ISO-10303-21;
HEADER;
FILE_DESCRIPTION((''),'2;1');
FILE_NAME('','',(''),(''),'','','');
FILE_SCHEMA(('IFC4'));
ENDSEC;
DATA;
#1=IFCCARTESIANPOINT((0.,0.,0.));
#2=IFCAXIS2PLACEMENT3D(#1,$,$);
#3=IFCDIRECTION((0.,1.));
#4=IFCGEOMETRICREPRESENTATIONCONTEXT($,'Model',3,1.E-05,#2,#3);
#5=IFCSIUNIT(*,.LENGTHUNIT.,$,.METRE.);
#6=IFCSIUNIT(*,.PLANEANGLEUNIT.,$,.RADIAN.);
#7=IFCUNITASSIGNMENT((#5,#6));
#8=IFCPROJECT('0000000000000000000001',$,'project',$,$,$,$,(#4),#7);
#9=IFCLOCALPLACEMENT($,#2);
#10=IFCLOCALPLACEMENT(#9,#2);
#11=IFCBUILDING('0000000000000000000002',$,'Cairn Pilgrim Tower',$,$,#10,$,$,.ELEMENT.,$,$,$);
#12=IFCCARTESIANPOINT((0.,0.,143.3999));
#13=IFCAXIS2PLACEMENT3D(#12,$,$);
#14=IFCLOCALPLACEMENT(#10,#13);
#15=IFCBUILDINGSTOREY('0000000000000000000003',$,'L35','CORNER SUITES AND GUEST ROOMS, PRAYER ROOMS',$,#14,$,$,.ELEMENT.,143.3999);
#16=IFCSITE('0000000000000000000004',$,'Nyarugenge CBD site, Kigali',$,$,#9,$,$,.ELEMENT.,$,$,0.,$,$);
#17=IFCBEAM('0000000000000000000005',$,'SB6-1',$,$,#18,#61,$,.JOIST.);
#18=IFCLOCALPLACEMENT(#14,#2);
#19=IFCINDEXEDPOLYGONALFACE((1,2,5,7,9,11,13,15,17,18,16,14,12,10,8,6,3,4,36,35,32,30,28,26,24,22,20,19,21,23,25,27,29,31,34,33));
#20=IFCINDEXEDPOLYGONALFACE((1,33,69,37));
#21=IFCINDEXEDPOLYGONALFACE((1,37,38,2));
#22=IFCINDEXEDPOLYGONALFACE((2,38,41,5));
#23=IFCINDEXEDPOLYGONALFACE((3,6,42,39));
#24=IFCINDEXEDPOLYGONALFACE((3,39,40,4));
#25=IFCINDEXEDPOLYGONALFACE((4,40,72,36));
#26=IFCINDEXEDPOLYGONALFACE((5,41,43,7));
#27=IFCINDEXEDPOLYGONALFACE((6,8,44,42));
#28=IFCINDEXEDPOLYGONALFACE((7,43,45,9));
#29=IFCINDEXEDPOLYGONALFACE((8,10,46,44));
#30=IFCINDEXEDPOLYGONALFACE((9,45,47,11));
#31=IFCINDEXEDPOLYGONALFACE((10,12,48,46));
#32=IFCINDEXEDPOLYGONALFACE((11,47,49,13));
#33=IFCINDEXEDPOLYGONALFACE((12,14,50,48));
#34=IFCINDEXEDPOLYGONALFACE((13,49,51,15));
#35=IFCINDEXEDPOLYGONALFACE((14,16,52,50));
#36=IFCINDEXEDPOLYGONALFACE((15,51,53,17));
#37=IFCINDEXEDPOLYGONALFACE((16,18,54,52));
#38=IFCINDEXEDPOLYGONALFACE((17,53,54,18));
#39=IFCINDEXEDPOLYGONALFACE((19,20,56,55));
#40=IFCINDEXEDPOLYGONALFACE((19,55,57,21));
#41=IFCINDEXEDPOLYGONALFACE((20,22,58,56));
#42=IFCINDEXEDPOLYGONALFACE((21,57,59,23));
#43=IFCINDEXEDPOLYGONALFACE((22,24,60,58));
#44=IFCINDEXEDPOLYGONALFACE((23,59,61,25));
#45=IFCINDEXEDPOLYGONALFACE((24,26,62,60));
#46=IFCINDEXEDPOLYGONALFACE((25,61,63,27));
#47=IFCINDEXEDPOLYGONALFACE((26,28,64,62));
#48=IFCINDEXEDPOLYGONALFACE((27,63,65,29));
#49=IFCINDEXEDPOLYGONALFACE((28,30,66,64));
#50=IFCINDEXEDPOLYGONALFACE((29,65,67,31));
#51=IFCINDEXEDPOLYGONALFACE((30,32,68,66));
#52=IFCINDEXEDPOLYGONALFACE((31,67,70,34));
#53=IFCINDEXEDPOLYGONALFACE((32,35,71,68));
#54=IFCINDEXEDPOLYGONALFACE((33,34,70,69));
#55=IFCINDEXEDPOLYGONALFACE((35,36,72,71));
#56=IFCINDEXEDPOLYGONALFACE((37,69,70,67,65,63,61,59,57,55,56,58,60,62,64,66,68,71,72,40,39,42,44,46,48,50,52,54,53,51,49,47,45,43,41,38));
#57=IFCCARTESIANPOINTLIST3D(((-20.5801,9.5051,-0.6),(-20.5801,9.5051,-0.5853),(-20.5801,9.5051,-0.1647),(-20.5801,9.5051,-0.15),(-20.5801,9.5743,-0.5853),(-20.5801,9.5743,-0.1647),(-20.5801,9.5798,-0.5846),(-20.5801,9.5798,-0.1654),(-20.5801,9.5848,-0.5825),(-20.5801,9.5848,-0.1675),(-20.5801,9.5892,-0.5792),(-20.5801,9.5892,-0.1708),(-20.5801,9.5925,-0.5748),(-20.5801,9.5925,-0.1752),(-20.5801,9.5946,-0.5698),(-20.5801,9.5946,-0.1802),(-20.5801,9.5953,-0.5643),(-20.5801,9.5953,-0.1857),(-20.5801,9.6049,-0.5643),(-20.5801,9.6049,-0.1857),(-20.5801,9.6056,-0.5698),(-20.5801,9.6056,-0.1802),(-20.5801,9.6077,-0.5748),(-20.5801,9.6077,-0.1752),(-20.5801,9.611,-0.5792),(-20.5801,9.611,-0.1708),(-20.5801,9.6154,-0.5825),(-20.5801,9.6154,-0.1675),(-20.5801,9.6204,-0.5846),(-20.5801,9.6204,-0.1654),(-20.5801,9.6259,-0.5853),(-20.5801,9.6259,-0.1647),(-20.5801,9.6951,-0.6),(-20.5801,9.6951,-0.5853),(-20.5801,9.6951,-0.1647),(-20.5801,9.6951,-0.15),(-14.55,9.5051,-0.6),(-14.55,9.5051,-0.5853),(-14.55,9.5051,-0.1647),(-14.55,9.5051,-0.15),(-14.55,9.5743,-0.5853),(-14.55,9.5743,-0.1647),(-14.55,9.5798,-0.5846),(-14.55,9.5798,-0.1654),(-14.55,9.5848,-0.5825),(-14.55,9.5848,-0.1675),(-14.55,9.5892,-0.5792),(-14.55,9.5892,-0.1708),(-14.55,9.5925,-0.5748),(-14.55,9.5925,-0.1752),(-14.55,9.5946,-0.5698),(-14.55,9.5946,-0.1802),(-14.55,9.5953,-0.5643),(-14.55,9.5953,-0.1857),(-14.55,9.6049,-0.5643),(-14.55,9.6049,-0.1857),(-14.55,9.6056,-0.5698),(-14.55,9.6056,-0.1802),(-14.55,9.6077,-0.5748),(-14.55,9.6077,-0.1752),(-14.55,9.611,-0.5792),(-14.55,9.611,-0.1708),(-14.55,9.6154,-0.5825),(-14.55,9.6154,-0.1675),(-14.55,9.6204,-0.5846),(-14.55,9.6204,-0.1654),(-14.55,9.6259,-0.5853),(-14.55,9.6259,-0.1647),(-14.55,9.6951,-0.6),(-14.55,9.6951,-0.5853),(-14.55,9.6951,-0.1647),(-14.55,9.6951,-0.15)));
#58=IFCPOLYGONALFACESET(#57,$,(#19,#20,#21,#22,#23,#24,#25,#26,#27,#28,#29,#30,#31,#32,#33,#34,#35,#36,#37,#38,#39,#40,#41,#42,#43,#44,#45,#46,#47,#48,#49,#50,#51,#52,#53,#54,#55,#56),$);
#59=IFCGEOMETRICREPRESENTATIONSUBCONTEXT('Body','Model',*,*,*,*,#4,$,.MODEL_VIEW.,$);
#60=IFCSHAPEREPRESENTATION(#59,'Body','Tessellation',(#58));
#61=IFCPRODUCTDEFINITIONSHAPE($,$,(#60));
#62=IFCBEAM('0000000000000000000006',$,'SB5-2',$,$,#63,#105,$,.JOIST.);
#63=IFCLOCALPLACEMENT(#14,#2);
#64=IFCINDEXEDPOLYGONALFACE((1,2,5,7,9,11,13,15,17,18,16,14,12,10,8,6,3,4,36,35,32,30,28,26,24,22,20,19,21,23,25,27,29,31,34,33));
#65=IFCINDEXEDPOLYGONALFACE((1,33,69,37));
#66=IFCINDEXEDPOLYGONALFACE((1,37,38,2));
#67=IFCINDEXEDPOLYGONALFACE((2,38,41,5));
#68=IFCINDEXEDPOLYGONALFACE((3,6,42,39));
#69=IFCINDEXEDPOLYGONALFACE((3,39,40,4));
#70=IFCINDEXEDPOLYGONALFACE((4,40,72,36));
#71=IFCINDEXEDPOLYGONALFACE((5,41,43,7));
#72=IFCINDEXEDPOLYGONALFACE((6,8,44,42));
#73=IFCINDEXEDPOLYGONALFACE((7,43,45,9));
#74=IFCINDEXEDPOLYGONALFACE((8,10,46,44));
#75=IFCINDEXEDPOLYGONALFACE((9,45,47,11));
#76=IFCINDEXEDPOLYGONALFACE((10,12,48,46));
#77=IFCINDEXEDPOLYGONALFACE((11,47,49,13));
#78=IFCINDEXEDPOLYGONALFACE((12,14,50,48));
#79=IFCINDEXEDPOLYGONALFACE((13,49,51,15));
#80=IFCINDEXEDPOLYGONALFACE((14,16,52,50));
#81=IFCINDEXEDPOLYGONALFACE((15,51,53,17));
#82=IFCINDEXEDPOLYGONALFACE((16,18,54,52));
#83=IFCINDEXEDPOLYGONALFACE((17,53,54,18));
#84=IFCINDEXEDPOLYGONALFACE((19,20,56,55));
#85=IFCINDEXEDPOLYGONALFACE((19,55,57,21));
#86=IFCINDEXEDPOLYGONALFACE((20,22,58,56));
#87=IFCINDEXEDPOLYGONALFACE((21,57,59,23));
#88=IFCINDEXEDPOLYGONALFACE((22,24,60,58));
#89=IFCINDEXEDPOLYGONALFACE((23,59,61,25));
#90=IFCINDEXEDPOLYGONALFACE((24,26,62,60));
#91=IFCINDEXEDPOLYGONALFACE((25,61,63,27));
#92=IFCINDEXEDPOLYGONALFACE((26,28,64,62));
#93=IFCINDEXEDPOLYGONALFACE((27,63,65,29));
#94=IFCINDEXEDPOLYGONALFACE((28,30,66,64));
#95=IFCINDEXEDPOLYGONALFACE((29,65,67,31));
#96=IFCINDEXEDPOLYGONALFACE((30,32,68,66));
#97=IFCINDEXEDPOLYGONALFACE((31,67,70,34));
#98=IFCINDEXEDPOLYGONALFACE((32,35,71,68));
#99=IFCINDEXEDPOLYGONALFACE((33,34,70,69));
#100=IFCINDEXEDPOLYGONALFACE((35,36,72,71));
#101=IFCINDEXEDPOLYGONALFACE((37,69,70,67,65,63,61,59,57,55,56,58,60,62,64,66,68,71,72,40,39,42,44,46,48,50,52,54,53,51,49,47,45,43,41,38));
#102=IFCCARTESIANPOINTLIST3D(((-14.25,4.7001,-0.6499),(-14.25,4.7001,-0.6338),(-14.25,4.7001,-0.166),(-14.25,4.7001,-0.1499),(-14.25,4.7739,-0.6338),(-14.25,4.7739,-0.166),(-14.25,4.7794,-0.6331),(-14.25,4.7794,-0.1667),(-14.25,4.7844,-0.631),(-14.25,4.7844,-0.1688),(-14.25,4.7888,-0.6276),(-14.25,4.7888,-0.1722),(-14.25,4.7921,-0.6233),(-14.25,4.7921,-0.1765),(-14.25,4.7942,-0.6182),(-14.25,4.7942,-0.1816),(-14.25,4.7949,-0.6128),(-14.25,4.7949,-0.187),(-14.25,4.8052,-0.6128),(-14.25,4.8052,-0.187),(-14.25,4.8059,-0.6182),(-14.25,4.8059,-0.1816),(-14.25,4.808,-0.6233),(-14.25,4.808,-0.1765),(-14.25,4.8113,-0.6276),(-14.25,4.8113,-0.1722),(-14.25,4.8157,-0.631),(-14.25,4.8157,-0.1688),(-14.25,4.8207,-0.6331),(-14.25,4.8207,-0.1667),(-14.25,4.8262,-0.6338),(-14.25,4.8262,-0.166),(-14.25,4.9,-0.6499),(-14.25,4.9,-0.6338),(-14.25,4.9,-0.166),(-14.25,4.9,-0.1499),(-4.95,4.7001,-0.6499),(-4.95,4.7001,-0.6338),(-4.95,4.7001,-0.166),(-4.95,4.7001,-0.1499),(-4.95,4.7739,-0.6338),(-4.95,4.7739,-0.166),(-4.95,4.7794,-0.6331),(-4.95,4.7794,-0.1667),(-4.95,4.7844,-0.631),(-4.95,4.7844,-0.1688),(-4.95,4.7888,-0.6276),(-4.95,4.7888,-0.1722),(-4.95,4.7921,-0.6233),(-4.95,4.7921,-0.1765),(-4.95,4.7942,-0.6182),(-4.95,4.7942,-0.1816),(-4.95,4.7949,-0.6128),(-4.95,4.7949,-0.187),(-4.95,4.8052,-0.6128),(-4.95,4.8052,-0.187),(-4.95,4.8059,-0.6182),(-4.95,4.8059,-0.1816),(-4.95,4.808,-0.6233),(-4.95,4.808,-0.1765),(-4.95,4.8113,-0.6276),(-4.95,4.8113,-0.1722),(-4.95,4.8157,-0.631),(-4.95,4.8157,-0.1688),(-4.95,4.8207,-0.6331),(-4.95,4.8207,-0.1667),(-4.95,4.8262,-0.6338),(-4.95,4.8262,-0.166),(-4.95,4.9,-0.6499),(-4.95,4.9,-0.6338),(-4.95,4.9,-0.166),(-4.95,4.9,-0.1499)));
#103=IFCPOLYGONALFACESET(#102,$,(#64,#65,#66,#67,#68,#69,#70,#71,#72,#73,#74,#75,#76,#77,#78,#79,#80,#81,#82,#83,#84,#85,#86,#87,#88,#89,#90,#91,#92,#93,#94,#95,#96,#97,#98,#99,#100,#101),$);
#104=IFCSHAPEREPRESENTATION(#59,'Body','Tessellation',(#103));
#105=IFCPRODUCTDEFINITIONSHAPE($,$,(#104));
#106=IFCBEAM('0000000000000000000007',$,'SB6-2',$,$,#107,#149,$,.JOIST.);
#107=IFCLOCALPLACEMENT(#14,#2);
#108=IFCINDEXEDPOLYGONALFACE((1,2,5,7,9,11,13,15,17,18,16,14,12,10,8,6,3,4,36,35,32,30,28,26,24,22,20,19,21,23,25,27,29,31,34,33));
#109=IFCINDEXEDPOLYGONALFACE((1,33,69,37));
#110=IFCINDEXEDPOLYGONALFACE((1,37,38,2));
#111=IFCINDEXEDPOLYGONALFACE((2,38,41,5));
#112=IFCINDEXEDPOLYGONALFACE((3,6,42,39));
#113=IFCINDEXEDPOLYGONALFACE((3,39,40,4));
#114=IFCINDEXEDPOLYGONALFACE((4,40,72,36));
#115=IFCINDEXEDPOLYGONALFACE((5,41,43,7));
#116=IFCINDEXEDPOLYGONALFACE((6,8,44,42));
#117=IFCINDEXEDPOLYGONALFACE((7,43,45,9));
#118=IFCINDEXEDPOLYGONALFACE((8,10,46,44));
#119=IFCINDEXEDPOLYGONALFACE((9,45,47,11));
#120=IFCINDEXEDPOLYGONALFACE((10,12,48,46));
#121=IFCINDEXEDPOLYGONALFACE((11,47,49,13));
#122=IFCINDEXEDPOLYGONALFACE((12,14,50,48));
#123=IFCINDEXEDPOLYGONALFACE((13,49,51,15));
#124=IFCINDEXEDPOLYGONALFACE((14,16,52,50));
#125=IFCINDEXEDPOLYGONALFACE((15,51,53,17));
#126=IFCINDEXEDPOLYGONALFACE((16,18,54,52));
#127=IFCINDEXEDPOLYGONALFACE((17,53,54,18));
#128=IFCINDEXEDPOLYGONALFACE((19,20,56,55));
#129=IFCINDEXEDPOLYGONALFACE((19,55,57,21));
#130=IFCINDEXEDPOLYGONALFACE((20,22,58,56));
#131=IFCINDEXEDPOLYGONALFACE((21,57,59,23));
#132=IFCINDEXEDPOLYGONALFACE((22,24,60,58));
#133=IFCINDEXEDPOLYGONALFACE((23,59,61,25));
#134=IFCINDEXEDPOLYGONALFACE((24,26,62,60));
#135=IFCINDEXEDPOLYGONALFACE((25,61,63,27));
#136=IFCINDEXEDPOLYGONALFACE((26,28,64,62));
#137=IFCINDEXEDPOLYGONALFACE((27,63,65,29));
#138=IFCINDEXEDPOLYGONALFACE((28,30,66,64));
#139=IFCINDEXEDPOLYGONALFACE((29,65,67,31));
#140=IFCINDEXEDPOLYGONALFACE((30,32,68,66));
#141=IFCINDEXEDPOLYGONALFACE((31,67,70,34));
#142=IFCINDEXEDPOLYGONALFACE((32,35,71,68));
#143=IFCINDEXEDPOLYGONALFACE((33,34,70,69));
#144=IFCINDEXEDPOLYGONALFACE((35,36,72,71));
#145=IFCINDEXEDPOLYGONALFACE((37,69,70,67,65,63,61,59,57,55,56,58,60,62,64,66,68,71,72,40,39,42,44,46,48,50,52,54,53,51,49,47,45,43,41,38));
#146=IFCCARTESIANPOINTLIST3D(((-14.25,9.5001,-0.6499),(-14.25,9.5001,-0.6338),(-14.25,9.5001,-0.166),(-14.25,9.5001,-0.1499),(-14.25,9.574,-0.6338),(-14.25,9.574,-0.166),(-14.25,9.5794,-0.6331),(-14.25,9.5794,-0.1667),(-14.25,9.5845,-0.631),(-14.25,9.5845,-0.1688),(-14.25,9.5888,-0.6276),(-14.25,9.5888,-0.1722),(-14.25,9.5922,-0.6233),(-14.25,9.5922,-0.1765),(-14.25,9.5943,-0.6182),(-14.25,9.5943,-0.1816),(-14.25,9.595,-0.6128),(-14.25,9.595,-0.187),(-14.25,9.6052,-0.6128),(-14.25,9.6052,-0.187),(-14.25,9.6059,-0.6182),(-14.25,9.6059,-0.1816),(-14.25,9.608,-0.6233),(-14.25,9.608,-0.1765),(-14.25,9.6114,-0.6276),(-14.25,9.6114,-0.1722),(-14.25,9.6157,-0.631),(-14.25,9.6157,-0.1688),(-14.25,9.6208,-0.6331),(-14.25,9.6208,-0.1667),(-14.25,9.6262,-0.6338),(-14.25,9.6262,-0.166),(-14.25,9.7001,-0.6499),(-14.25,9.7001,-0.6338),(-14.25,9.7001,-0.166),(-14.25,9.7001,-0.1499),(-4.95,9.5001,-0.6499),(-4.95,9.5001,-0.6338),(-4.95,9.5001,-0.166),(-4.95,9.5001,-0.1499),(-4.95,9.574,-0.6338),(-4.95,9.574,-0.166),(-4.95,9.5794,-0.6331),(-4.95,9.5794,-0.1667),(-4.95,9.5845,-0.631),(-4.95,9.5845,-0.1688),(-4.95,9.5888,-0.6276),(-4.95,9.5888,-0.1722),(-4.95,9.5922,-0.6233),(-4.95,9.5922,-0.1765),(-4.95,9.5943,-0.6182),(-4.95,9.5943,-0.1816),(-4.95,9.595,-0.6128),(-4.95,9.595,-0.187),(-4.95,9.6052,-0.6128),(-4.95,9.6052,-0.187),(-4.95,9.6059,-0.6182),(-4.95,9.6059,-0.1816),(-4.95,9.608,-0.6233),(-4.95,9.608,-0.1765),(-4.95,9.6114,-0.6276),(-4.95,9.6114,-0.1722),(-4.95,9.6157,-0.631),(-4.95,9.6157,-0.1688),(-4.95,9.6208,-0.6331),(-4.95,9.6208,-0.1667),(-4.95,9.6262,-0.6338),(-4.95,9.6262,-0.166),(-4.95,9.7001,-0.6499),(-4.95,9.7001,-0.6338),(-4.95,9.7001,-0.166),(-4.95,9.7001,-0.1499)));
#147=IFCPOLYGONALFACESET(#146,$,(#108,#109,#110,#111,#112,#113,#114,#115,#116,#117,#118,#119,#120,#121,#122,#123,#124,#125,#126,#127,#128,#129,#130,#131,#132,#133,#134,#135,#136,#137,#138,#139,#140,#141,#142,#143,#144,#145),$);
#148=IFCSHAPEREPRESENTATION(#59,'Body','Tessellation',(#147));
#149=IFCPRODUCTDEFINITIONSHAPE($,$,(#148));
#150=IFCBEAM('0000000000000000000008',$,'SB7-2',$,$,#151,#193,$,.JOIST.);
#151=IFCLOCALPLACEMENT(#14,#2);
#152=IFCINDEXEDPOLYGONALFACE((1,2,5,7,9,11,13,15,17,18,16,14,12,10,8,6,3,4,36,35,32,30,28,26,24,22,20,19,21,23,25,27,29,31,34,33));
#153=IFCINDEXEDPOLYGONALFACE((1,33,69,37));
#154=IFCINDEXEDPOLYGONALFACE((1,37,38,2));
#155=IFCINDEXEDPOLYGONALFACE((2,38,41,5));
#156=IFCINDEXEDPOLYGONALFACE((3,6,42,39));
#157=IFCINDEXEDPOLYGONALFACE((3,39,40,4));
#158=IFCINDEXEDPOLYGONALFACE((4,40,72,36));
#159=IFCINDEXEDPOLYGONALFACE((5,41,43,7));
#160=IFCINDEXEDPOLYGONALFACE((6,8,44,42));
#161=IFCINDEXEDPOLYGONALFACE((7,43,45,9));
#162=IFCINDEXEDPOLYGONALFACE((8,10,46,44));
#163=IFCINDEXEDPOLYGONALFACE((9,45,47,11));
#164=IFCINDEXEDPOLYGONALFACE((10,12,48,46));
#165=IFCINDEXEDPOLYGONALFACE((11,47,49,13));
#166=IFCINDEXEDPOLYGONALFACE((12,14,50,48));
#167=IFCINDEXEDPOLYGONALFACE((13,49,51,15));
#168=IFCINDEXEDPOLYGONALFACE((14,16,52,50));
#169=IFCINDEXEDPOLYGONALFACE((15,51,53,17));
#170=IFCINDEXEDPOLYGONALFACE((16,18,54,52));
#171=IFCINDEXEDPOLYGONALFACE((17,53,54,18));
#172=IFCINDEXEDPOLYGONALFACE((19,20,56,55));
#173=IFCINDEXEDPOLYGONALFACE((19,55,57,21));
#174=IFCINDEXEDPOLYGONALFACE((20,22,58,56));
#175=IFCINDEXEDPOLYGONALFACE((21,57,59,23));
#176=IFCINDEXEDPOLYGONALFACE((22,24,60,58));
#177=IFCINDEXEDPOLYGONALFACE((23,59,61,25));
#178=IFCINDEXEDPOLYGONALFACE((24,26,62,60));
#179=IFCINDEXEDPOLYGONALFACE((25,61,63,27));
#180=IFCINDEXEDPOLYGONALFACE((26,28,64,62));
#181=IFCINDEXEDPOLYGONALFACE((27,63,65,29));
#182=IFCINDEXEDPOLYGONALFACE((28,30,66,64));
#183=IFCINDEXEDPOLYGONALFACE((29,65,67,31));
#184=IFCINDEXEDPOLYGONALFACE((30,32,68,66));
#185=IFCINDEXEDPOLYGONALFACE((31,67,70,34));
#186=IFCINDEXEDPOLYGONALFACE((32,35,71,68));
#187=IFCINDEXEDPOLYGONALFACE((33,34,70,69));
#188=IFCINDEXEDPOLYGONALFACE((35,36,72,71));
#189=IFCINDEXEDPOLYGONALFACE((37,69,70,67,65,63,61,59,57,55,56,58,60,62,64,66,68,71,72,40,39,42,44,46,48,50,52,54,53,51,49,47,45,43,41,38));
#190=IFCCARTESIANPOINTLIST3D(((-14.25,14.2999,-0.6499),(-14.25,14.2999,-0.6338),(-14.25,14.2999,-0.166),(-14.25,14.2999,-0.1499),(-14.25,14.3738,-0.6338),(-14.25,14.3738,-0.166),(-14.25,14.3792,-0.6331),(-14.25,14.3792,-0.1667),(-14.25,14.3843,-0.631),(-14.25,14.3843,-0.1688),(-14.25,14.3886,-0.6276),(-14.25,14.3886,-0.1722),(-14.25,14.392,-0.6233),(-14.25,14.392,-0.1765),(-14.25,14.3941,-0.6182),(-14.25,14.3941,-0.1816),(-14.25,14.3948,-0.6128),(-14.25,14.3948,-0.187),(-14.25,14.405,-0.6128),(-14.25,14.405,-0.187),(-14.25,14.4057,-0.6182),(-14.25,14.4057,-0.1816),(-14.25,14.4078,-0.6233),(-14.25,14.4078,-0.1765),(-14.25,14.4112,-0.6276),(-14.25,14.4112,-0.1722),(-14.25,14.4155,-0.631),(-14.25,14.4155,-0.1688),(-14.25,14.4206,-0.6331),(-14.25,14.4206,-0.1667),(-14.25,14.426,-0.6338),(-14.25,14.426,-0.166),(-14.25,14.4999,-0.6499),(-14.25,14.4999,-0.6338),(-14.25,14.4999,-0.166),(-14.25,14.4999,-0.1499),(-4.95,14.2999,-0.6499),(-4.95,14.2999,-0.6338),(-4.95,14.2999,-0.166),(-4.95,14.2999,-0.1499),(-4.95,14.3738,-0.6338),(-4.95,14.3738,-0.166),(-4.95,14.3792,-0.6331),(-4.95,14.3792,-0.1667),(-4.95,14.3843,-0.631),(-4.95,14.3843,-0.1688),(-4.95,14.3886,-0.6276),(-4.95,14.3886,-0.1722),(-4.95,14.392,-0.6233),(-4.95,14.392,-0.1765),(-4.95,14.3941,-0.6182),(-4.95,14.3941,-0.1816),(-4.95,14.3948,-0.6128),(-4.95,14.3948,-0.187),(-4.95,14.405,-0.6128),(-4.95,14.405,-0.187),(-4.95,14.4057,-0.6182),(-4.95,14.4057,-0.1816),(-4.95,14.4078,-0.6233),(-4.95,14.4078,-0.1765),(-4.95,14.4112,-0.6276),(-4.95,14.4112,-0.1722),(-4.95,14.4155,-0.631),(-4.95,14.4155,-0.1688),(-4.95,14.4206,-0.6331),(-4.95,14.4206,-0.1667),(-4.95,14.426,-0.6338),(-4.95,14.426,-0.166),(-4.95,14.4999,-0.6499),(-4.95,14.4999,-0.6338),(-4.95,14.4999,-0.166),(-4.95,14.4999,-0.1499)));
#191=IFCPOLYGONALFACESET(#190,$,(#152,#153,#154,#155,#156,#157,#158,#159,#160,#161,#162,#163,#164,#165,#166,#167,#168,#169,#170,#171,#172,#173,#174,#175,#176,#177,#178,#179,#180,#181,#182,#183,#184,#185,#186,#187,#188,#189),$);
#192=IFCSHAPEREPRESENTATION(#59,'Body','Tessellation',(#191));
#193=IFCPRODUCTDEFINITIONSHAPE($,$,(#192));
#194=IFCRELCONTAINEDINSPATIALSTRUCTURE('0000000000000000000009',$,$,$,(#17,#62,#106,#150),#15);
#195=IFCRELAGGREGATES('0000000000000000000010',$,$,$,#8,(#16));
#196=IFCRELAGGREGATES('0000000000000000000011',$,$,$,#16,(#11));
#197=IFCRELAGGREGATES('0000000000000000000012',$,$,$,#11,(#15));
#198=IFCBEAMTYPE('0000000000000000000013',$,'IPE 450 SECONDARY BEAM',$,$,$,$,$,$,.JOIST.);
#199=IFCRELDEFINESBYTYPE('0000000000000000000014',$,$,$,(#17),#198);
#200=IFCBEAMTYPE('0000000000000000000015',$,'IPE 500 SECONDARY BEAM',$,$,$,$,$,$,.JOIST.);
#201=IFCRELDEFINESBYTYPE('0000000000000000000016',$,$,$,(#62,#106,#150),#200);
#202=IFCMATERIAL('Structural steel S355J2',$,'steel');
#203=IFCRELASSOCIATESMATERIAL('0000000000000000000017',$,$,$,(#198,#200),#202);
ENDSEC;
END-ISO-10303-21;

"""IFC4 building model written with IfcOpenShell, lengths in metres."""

from ifc_helpers import new_model, si_unit, direction, frame, origin, origin_2d, place, context, subcontext, project, spatial, i_section, extrude, material, material_profile, profile_set, type_object, element, save


model = new_model("IFC4")

# Units and contexts
model_context = context("Model", 3, precision=1e-05, world=origin(), true_north=direction((0.0, 1.0)))
body_context = subcontext(model_context, "Body", "Model", "MODEL_VIEW")
ifc_project = project(units=[si_unit("LENGTHUNIT", "METRE"), si_unit("PLANEANGLEUNIT", "RADIAN")], contexts=[model_context])

# Site, building, storey
site_placement = place(None, origin())
site = spatial("IfcSite", under=ifc_project, at=site_placement, Name="Nyarugenge CBD site, Kigali", CompositionType="ELEMENT", RefElevation=0.0)
building_placement = place(site_placement, origin())
building = spatial("IfcBuilding", under=site, at=building_placement, Name="Cairn Pilgrim Tower", CompositionType="ELEMENT")
storey_placement = place(building_placement, frame((0.0, 0.0, 143.3999)))
storey = spatial("IfcBuildingStorey", under=building, at=storey_placement, Name="L35", Description="CORNER SUITES AND GUEST ROOMS, PRAYER ROOMS", CompositionType="ELEMENT", Elevation=143.3999)

# Shared definitions
ifc_material_1 = material(Name="Structural steel S355J2", Category="steel")

# Beams
ifc_material_profile_1 = material_profile(ifc_material_1, i_section(OverallWidth=0.1899, OverallDepth=0.45, WebThickness=0.0095, FlangeThickness=0.0146, FilletRadius=0.021, at=origin_2d()), Name="IPE 450")
ifc_profile_set_1 = profile_set([ifc_material_profile_1], Name="Structural steel S355J2")
beam_type_1 = type_object("IfcBeamType", Name="IPE 450 SECONDARY BEAM", PredefinedType="JOIST", material=ifc_profile_set_1)
for number, where, z_axis, x_axis, name in (
    (1, (-20.5801, 9.6001, -0.375), (1.0, 0.0, 0.0), (0.0, 1.0, 0.0), "SB6-1"),
):
    element("IfcBeam", number, at=place(storey_placement, frame(where, z_axis=z_axis, x_axis=x_axis)), inside=storey, type_object=beam_type_1, Name=name, PredefinedType="JOIST", context=body_context, shape_type="SweptSolid", body=[
        extrude(i_section(OverallWidth=0.1899, OverallDepth=0.45, WebThickness=0.0095, FlangeThickness=0.0146, FilletRadius=0.021, at=origin_2d()), origin(), (0.0, 0.0, 1.0), 6.03),
    ])
ifc_material_profile_2 = material_profile(ifc_material_1, i_section(OverallWidth=0.2, OverallDepth=0.5, WebThickness=0.0103, FlangeThickness=0.0161, FilletRadius=0.021, at=origin_2d()), Name="IPE 500")
ifc_profile_set_2 = profile_set([ifc_material_profile_2], Name="Structural steel S355J2")
beam_type_2 = type_object("IfcBeamType", Name="IPE 500 SECONDARY BEAM", PredefinedType="JOIST", material=ifc_profile_set_2)
for number, where, z_axis, x_axis, name in (
    (2, (-14.25, 4.8, -0.3999), (1.0, 0.0, 0.0), (0.0, 1.0, 0.0), "SB5-2"),
    (3, (-14.25, 9.6001, -0.3999), (1.0, 0.0, 0.0), (0.0, 1.0, 0.0), "SB6-2"),
    (4, (-14.25, 14.3999, -0.3999), (1.0, 0.0, 0.0), (0.0, 1.0, 0.0), "SB7-2"),
):
    element("IfcBeam", number, at=place(storey_placement, frame(where, z_axis=z_axis, x_axis=x_axis)), inside=storey, type_object=beam_type_2, Name=name, PredefinedType="JOIST", context=body_context, shape_type="SweptSolid", body=[
        extrude(i_section(OverallWidth=0.2, OverallDepth=0.5, WebThickness=0.0103, FlangeThickness=0.0161, FilletRadius=0.021, at=origin_2d()), origin(), (0.0, 0.0, 1.0), 9.3),
    ])

save(model, "model.ifc")
